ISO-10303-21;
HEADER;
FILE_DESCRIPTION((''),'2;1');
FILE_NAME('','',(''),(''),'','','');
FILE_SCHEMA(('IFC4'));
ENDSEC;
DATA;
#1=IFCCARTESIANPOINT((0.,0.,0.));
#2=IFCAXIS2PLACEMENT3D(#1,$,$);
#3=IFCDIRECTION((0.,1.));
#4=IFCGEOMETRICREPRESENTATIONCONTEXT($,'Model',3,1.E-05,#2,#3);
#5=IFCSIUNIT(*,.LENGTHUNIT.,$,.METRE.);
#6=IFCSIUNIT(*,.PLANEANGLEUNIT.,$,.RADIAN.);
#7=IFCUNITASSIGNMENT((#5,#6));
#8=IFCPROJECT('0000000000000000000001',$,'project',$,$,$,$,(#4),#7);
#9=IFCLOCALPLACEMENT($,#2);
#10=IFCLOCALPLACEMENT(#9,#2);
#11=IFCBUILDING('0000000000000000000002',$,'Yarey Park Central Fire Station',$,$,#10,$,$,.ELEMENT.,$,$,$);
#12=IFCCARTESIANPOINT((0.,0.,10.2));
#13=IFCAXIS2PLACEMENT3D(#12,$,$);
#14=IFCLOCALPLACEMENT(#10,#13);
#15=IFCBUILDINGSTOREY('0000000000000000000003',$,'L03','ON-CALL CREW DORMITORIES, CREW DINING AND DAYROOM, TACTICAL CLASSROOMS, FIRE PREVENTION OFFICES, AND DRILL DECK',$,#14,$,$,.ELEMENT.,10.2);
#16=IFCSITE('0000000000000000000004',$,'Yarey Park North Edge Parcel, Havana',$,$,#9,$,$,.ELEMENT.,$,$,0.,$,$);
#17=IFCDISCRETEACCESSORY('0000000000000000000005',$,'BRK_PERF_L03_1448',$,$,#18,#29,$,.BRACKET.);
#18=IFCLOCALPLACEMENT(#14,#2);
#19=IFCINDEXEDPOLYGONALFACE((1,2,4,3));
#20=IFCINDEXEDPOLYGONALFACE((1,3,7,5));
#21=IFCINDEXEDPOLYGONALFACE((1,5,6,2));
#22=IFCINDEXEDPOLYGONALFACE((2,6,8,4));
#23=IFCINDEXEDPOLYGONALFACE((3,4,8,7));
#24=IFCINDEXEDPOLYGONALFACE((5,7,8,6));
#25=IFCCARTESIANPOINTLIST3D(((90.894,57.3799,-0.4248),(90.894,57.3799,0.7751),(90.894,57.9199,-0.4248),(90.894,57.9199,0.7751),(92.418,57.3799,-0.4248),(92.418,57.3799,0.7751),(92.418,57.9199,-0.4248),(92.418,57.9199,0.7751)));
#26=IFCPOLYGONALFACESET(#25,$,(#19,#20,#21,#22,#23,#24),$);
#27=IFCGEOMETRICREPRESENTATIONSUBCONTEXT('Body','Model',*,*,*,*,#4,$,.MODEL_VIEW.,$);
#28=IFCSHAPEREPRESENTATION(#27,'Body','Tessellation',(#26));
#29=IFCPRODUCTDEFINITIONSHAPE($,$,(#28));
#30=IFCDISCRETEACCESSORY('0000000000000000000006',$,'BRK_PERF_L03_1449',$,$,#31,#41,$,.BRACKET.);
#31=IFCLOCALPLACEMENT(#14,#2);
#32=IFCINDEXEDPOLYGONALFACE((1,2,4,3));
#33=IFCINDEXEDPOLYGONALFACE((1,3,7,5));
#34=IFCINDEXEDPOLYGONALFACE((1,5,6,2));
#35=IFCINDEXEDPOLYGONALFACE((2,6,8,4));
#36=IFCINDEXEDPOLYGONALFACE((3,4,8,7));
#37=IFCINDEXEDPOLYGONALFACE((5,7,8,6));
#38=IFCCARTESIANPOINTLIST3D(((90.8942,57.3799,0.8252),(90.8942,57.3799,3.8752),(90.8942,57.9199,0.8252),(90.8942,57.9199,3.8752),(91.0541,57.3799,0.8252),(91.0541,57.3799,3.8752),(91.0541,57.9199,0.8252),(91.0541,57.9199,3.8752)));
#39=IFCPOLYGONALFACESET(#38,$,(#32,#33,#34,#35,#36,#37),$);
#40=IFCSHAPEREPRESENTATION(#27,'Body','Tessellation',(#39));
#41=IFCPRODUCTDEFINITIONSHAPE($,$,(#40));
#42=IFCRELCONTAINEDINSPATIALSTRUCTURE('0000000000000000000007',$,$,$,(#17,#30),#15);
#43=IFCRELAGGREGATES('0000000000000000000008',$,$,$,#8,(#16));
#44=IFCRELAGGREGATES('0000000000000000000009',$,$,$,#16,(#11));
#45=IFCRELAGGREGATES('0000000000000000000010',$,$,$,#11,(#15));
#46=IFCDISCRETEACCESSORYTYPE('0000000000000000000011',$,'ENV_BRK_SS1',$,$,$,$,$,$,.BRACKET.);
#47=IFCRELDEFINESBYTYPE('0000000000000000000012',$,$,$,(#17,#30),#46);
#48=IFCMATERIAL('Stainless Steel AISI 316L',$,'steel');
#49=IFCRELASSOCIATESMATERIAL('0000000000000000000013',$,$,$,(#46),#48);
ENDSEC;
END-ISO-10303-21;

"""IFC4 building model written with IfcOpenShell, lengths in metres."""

from ifc_helpers import new_model, si_unit, direction, frame, origin, origin_2d, place, context, subcontext, project, spatial, rectangle, extrude, material, type_object, element, save


model = new_model("IFC4")

# Units and contexts
model_context = context("Model", 3, precision=1e-05, world=origin(), true_north=direction((0.0, 1.0)))
body_context = subcontext(model_context, "Body", "Model", "MODEL_VIEW")
ifc_project = project(units=[si_unit("LENGTHUNIT", "METRE"), si_unit("PLANEANGLEUNIT", "RADIAN")], contexts=[model_context])

# Site, building, storey
site_placement = place(None, origin())
site = spatial("IfcSite", under=ifc_project, at=site_placement, Name="Yarey Park North Edge Parcel, Havana", CompositionType="ELEMENT", RefElevation=0.0)
building_placement = place(site_placement, origin())
building = spatial("IfcBuilding", under=site, at=building_placement, Name="Yarey Park Central Fire Station", CompositionType="ELEMENT")
storey_placement = place(building_placement, frame((0.0, 0.0, 10.2)))
storey = spatial("IfcBuildingStorey", under=building, at=storey_placement, Name="L03", Description="ON-CALL CREW DORMITORIES, CREW DINING AND DAYROOM, TACTICAL CLASSROOMS, FIRE PREVENTION OFFICES, AND DRILL DECK", CompositionType="ELEMENT", Elevation=10.2)

# Discrete accessories
ifc_material_1 = material(Name="Stainless Steel AISI 316L", Category="steel")
discrete_accessory_type = type_object("IfcDiscreteAccessoryType", Name="ENV_BRK_SS1", PredefinedType="BRACKET", material=ifc_material_1)
discrete_accessory_1_placement = place(storey_placement, frame((91.656, 57.6499, -0.4248), z_axis=(0.0, 0.0, 1.0), x_axis=(1.0, 0.0, 0.0)))
element("IfcDiscreteAccessory", 1, at=discrete_accessory_1_placement, inside=storey, type_object=discrete_accessory_type, Name="BRK_PERF_L03_1448", PredefinedType="BRACKET", context=body_context, shape_type="SweptSolid", body=[
    extrude(rectangle(XDim=1.5239, YDim=0.54, at=origin_2d()), origin(), (0.0, 0.0, 1.0), 1.2),
])
discrete_accessory_2_placement = place(storey_placement, frame((90.9741, 57.6499, 0.8252), z_axis=(0.0, 0.0, 1.0), x_axis=(1.0, 0.0, 0.0)))
element("IfcDiscreteAccessory", 2, at=discrete_accessory_2_placement, inside=storey, type_object=discrete_accessory_type, Name="BRK_PERF_L03_1449", PredefinedType="BRACKET", context=body_context, shape_type="SweptSolid", body=[
    extrude(rectangle(XDim=0.1599, YDim=0.54, at=origin_2d()), origin(), (0.0, 0.0, 1.0), 3.05),
])

save(model, "model.ifc")
